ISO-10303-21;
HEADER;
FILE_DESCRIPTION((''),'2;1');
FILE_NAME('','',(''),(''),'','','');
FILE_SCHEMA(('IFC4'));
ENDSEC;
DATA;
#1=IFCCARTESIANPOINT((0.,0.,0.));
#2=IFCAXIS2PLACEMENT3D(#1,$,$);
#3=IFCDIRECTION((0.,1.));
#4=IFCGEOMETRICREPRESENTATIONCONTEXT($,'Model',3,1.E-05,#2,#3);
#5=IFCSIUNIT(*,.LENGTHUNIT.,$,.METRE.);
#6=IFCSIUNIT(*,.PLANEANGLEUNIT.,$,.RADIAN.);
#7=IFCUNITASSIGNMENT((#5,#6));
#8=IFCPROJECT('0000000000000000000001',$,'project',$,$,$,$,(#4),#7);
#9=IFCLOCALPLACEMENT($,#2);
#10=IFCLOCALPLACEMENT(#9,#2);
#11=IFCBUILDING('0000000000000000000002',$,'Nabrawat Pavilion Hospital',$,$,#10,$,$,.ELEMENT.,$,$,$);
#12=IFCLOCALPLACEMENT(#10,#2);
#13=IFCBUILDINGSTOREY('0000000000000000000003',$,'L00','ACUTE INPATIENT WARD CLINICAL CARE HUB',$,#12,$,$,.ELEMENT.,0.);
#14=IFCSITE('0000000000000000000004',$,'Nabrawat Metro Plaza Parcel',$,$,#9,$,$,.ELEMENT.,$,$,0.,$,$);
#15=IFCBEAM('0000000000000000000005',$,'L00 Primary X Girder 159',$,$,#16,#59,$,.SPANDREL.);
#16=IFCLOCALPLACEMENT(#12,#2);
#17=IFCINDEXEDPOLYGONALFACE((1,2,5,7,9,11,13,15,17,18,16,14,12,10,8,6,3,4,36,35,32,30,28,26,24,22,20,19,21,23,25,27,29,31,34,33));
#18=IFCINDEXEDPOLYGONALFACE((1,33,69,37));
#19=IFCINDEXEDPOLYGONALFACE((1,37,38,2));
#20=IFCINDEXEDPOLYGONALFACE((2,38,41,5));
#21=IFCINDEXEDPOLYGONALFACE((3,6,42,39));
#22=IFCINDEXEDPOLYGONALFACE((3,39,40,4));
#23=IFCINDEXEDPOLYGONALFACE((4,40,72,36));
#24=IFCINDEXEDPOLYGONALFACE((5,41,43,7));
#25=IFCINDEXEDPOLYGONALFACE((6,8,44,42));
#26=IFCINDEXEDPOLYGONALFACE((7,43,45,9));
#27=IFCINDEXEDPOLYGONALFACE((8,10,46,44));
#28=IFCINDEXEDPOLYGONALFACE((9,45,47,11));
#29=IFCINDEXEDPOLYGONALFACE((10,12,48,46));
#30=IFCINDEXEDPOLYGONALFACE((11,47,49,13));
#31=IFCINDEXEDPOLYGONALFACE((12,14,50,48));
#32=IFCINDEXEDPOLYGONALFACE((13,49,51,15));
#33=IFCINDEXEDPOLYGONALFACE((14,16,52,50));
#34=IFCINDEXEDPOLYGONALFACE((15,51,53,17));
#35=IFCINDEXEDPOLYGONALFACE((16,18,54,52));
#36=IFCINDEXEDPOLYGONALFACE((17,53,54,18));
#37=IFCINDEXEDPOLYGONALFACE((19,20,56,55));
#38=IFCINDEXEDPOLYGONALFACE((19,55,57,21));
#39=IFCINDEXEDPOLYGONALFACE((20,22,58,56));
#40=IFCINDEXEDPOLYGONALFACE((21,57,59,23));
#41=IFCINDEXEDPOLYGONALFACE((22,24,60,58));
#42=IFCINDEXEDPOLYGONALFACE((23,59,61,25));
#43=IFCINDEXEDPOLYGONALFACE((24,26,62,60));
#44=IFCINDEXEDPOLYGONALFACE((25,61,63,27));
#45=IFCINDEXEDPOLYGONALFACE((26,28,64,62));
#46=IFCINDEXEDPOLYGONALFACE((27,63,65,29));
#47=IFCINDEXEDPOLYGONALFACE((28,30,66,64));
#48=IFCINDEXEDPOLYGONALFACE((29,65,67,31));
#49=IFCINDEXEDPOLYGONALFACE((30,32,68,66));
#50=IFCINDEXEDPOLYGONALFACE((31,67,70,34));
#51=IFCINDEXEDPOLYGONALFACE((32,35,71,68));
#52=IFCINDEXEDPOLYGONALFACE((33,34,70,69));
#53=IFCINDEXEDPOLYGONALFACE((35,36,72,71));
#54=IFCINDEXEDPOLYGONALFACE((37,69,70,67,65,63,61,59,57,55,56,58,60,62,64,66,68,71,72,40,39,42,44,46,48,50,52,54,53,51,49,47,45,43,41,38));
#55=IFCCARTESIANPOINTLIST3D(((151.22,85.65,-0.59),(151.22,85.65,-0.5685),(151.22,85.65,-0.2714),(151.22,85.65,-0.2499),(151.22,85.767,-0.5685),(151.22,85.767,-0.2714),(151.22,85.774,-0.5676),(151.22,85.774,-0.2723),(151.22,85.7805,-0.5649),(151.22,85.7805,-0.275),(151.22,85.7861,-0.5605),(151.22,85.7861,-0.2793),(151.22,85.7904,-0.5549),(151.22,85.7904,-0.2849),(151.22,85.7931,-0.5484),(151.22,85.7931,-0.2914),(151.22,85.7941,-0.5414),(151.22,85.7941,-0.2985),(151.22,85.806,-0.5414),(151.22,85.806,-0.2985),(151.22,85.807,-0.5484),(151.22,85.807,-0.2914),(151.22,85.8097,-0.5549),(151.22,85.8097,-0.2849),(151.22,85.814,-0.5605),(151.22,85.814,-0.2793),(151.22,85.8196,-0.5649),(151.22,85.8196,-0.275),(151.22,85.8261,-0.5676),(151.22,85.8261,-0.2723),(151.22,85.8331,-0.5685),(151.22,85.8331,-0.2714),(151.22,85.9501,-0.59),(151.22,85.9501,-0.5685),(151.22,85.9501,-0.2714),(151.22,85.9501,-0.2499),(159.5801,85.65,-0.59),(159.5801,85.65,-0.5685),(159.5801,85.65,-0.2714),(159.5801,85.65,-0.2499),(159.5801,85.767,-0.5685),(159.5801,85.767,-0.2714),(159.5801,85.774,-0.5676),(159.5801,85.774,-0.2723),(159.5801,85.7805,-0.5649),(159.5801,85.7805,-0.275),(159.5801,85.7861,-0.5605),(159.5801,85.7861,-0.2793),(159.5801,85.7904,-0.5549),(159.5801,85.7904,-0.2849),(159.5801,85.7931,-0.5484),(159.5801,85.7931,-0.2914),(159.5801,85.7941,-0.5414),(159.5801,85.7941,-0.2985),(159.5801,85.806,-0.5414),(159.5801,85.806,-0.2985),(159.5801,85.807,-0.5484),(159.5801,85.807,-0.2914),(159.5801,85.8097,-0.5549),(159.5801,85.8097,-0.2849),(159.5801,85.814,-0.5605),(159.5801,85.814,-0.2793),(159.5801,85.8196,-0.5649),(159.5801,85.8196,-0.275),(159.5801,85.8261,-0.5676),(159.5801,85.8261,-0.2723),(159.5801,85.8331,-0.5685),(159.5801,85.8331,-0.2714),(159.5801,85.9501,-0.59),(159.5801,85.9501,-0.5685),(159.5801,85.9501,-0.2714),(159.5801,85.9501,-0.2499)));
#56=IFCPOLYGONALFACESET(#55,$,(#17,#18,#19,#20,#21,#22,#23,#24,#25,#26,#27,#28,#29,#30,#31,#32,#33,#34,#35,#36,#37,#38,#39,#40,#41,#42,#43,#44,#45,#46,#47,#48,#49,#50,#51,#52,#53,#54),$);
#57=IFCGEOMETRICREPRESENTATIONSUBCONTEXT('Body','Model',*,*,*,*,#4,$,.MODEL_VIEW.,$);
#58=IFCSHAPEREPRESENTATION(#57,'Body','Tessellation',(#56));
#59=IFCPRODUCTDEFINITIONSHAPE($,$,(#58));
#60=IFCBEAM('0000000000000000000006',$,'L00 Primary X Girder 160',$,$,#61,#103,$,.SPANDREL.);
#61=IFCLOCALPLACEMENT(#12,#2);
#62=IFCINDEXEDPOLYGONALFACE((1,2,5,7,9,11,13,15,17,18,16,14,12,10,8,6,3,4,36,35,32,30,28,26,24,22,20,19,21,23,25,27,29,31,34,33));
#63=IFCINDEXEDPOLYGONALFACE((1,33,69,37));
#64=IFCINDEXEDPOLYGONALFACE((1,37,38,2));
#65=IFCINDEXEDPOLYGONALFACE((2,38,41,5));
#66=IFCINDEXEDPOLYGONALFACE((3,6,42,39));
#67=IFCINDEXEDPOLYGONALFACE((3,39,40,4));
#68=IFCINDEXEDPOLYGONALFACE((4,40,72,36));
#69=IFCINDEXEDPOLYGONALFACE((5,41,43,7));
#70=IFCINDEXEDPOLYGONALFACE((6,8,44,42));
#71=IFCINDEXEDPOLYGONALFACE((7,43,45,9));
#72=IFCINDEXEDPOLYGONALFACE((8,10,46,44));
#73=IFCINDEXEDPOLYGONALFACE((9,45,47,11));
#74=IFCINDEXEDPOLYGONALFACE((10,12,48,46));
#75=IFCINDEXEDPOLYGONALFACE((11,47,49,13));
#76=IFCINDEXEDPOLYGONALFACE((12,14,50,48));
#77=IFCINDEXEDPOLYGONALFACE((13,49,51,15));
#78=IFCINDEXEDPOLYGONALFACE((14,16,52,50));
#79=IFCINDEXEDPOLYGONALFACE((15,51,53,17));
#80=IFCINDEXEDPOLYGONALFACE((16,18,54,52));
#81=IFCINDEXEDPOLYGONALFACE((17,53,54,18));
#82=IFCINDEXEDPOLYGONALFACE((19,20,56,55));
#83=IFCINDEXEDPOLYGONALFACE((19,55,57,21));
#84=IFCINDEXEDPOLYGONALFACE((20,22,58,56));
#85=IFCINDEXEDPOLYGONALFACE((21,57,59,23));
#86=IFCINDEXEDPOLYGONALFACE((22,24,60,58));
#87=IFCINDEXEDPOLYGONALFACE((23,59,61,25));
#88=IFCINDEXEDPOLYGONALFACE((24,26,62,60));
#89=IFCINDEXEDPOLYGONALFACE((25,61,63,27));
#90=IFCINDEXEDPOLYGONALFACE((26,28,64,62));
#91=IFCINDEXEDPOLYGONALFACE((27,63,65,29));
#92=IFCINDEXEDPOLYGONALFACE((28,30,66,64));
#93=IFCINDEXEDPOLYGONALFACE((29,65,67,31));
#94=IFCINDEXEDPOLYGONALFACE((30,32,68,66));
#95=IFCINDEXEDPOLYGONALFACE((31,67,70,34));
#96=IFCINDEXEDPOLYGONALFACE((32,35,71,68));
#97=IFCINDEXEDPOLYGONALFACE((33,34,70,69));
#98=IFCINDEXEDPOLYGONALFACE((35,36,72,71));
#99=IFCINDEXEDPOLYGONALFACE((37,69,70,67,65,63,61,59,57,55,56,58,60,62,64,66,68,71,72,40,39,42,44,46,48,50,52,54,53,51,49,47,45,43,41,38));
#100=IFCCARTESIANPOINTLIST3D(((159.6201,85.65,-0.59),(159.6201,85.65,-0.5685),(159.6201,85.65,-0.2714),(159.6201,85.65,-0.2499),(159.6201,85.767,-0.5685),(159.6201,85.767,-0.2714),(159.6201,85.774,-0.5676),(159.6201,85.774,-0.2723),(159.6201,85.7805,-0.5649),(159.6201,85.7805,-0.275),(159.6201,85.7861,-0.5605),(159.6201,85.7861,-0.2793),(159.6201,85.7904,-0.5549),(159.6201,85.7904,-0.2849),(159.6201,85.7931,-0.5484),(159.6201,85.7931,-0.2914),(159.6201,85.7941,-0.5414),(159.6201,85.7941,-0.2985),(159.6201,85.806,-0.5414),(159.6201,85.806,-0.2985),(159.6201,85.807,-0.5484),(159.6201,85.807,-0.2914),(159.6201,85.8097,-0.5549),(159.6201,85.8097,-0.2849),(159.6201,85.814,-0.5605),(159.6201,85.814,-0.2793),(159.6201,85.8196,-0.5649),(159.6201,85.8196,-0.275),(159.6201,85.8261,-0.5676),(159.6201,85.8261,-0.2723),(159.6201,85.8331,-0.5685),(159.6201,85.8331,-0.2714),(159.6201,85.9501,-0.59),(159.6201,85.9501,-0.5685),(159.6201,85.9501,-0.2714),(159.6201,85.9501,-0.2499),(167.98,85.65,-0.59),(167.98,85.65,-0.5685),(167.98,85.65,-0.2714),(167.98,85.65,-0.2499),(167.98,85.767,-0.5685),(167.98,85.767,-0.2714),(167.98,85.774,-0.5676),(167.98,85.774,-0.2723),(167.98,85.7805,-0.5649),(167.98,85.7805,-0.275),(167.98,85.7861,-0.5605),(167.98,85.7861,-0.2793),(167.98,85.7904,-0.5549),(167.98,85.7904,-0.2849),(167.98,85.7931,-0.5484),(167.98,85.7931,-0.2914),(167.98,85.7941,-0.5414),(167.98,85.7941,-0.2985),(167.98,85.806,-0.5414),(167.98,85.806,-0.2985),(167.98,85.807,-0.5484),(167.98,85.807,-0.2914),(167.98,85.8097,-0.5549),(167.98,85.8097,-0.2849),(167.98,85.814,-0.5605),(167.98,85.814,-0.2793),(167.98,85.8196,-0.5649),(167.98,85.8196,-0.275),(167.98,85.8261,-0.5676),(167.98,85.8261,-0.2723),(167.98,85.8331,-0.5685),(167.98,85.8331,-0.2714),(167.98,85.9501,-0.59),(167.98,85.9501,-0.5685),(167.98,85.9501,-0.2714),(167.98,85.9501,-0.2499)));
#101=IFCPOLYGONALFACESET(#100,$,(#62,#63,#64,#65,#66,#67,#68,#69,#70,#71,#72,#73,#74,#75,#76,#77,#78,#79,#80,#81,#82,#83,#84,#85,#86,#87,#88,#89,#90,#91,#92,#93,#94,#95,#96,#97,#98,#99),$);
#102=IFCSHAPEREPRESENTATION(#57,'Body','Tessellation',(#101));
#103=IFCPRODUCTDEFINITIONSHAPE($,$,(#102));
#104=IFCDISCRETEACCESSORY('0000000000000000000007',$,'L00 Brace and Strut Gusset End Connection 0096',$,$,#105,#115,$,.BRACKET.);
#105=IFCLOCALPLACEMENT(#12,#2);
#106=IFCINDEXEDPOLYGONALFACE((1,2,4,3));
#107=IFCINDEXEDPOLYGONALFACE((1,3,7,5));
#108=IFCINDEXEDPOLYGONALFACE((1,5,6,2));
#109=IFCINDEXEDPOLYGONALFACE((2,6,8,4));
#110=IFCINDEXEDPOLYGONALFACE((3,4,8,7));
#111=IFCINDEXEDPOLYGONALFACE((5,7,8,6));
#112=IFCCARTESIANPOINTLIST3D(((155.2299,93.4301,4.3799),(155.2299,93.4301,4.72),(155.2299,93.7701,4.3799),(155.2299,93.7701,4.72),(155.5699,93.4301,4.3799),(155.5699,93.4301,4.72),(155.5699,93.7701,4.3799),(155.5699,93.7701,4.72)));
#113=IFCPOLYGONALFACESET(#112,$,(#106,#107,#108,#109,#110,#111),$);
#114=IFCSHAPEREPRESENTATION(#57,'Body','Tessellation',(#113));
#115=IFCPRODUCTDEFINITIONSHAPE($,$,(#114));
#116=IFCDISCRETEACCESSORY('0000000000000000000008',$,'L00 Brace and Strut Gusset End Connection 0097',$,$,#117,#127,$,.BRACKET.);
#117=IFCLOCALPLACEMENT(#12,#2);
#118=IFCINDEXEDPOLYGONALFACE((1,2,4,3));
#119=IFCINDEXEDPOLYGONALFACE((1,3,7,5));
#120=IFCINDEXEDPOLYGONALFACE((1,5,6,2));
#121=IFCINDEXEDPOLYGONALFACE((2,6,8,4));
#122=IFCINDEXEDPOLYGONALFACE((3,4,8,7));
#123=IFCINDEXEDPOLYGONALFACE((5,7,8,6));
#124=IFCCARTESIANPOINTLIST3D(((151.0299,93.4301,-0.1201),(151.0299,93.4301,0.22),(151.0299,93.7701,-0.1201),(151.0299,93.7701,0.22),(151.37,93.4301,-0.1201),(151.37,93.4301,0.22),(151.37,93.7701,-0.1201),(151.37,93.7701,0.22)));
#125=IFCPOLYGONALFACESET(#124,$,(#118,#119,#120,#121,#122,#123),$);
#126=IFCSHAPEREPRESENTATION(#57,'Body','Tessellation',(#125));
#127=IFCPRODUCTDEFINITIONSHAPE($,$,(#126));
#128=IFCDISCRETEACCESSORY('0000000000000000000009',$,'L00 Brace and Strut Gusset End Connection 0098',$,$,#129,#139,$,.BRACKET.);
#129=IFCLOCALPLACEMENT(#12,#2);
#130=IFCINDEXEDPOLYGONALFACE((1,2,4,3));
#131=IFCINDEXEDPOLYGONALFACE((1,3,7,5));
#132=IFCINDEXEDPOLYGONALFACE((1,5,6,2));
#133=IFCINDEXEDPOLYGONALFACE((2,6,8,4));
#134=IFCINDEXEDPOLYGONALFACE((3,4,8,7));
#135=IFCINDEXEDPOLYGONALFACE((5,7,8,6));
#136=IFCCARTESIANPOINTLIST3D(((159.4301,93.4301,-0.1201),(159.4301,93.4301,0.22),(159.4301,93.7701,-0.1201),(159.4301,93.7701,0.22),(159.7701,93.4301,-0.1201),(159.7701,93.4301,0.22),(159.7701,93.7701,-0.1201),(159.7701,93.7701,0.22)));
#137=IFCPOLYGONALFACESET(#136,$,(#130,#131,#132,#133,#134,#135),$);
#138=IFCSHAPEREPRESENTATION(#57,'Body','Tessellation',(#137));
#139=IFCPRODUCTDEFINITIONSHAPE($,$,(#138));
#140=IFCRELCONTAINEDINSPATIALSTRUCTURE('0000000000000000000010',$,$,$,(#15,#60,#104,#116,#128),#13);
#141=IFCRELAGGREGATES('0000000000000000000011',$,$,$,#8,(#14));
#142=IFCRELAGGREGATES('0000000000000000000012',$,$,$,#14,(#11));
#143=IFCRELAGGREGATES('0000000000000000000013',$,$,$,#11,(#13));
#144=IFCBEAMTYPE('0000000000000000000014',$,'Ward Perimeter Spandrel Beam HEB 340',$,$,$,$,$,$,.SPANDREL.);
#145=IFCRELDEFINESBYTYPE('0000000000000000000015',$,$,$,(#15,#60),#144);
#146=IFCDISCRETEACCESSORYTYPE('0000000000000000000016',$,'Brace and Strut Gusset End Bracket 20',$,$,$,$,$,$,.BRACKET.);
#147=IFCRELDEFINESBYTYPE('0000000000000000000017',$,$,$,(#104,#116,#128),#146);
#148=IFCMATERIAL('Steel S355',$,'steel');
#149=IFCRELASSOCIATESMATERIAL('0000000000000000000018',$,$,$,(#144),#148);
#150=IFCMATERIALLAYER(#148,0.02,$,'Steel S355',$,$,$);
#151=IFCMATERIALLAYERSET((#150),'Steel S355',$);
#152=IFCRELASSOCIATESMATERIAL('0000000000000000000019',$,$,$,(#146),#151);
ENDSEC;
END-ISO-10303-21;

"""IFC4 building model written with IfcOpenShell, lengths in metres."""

from ifc_helpers import new_model, si_unit, direction, frame, origin, origin_2d, place, context, subcontext, project, spatial, rectangle, i_section, extrude, material, layer, layer_set, material_profile, profile_set, type_object, element, save


model = new_model("IFC4")

# Units and contexts
model_context = context("Model", 3, precision=1e-05, world=origin(), true_north=direction((0.0, 1.0)))
body_context = subcontext(model_context, "Body", "Model", "MODEL_VIEW")
ifc_project = project(units=[si_unit("LENGTHUNIT", "METRE"), si_unit("PLANEANGLEUNIT", "RADIAN")], contexts=[model_context])

# Site, building, storey
site_placement = place(None, origin())
site = spatial("IfcSite", under=ifc_project, at=site_placement, Name="Nabrawat Metro Plaza Parcel", CompositionType="ELEMENT", RefElevation=0.0)
building_placement = place(site_placement, origin())
building = spatial("IfcBuilding", under=site, at=building_placement, Name="Nabrawat Pavilion Hospital", CompositionType="ELEMENT")
storey_placement = place(building_placement, origin())
storey = spatial("IfcBuildingStorey", under=building, at=storey_placement, Name="L00", Description="ACUTE INPATIENT WARD CLINICAL CARE HUB", CompositionType="ELEMENT", Elevation=0.0)

# Shared definitions
ifc_material_1 = material(Name="Steel S355", Category="steel")

# Beams
ifc_material_profile_1 = material_profile(ifc_material_1, i_section(OverallWidth=0.3, OverallDepth=0.3401, WebThickness=0.012, FlangeThickness=0.0215, FilletRadius=0.0271, at=origin_2d()), Name="HEB 340")
ifc_profile_set_1 = profile_set([ifc_material_profile_1], Name="Steel S355")
beam_type_1 = type_object("IfcBeamType", Name="Ward Perimeter Spandrel Beam HEB 340", PredefinedType="SPANDREL", material=ifc_profile_set_1)
beam_1_placement = place(storey_placement, frame((151.22, 85.8, -0.4199), z_axis=(1.0, 0.0, 0.0), x_axis=(0.0, 1.0, 0.0)))
element("IfcBeam", 1, at=beam_1_placement, inside=storey, type_object=beam_type_1, Name="L00 Primary X Girder 159", PredefinedType="SPANDREL", context=body_context, shape_type="SweptSolid", body=[
    extrude(i_section(OverallWidth=0.3, OverallDepth=0.3401, WebThickness=0.012, FlangeThickness=0.0215, FilletRadius=0.0271, at=origin_2d()), origin(), (0.0, 0.0, 1.0), 8.3601),
])
beam_2_placement = place(storey_placement, frame((159.6201, 85.8, -0.4199), z_axis=(1.0, 0.0, 0.0), x_axis=(0.0, 1.0, 0.0)))
element("IfcBeam", 2, at=beam_2_placement, inside=storey, type_object=beam_type_1, Name="L00 Primary X Girder 160", PredefinedType="SPANDREL", context=body_context, shape_type="SweptSolid", body=[
    extrude(i_section(OverallWidth=0.3, OverallDepth=0.3401, WebThickness=0.012, FlangeThickness=0.0215, FilletRadius=0.0271, at=origin_2d()), origin(), (0.0, 0.0, 1.0), 8.3599),
])

# Discrete accessories
ifc_layer = layer(ifc_material_1, 0.02, Name="Steel S355")
ifc_layer_set = layer_set([ifc_layer], Name="Steel S355")
discrete_accessory_type = type_object("IfcDiscreteAccessoryType", Name="Brace and Strut Gusset End Bracket 20", PredefinedType="BRACKET", material=ifc_layer_set)
for number, where, z_axis, x_axis, name in (
    (3, (155.3999, 93.6001, 4.3799), (0.0, 0.0, 1.0), (1.0, 0.0, 0.0), "L00 Brace and Strut Gusset End Connection 0096"),
    (4, (151.2, 93.6001, -0.1201), (0.0, 0.0, 1.0), (1.0, 0.0, 0.0), "L00 Brace and Strut Gusset End Connection 0097"),
    (5, (159.6001, 93.6001, -0.1201), (0.0, 0.0, 1.0), (1.0, 0.0, 0.0), "L00 Brace and Strut Gusset End Connection 0098"),
):
    element("IfcDiscreteAccessory", number, at=place(storey_placement, frame(where, z_axis=z_axis, x_axis=x_axis)), inside=storey, type_object=discrete_accessory_type, Name=name, PredefinedType="BRACKET", context=body_context, shape_type="SweptSolid", body=[
        extrude(rectangle(XDim=0.3401, YDim=0.3401, at=origin_2d()), origin(), (0.0, 0.0, 1.0), 0.3401),
    ])

save(model, "model.ifc")
